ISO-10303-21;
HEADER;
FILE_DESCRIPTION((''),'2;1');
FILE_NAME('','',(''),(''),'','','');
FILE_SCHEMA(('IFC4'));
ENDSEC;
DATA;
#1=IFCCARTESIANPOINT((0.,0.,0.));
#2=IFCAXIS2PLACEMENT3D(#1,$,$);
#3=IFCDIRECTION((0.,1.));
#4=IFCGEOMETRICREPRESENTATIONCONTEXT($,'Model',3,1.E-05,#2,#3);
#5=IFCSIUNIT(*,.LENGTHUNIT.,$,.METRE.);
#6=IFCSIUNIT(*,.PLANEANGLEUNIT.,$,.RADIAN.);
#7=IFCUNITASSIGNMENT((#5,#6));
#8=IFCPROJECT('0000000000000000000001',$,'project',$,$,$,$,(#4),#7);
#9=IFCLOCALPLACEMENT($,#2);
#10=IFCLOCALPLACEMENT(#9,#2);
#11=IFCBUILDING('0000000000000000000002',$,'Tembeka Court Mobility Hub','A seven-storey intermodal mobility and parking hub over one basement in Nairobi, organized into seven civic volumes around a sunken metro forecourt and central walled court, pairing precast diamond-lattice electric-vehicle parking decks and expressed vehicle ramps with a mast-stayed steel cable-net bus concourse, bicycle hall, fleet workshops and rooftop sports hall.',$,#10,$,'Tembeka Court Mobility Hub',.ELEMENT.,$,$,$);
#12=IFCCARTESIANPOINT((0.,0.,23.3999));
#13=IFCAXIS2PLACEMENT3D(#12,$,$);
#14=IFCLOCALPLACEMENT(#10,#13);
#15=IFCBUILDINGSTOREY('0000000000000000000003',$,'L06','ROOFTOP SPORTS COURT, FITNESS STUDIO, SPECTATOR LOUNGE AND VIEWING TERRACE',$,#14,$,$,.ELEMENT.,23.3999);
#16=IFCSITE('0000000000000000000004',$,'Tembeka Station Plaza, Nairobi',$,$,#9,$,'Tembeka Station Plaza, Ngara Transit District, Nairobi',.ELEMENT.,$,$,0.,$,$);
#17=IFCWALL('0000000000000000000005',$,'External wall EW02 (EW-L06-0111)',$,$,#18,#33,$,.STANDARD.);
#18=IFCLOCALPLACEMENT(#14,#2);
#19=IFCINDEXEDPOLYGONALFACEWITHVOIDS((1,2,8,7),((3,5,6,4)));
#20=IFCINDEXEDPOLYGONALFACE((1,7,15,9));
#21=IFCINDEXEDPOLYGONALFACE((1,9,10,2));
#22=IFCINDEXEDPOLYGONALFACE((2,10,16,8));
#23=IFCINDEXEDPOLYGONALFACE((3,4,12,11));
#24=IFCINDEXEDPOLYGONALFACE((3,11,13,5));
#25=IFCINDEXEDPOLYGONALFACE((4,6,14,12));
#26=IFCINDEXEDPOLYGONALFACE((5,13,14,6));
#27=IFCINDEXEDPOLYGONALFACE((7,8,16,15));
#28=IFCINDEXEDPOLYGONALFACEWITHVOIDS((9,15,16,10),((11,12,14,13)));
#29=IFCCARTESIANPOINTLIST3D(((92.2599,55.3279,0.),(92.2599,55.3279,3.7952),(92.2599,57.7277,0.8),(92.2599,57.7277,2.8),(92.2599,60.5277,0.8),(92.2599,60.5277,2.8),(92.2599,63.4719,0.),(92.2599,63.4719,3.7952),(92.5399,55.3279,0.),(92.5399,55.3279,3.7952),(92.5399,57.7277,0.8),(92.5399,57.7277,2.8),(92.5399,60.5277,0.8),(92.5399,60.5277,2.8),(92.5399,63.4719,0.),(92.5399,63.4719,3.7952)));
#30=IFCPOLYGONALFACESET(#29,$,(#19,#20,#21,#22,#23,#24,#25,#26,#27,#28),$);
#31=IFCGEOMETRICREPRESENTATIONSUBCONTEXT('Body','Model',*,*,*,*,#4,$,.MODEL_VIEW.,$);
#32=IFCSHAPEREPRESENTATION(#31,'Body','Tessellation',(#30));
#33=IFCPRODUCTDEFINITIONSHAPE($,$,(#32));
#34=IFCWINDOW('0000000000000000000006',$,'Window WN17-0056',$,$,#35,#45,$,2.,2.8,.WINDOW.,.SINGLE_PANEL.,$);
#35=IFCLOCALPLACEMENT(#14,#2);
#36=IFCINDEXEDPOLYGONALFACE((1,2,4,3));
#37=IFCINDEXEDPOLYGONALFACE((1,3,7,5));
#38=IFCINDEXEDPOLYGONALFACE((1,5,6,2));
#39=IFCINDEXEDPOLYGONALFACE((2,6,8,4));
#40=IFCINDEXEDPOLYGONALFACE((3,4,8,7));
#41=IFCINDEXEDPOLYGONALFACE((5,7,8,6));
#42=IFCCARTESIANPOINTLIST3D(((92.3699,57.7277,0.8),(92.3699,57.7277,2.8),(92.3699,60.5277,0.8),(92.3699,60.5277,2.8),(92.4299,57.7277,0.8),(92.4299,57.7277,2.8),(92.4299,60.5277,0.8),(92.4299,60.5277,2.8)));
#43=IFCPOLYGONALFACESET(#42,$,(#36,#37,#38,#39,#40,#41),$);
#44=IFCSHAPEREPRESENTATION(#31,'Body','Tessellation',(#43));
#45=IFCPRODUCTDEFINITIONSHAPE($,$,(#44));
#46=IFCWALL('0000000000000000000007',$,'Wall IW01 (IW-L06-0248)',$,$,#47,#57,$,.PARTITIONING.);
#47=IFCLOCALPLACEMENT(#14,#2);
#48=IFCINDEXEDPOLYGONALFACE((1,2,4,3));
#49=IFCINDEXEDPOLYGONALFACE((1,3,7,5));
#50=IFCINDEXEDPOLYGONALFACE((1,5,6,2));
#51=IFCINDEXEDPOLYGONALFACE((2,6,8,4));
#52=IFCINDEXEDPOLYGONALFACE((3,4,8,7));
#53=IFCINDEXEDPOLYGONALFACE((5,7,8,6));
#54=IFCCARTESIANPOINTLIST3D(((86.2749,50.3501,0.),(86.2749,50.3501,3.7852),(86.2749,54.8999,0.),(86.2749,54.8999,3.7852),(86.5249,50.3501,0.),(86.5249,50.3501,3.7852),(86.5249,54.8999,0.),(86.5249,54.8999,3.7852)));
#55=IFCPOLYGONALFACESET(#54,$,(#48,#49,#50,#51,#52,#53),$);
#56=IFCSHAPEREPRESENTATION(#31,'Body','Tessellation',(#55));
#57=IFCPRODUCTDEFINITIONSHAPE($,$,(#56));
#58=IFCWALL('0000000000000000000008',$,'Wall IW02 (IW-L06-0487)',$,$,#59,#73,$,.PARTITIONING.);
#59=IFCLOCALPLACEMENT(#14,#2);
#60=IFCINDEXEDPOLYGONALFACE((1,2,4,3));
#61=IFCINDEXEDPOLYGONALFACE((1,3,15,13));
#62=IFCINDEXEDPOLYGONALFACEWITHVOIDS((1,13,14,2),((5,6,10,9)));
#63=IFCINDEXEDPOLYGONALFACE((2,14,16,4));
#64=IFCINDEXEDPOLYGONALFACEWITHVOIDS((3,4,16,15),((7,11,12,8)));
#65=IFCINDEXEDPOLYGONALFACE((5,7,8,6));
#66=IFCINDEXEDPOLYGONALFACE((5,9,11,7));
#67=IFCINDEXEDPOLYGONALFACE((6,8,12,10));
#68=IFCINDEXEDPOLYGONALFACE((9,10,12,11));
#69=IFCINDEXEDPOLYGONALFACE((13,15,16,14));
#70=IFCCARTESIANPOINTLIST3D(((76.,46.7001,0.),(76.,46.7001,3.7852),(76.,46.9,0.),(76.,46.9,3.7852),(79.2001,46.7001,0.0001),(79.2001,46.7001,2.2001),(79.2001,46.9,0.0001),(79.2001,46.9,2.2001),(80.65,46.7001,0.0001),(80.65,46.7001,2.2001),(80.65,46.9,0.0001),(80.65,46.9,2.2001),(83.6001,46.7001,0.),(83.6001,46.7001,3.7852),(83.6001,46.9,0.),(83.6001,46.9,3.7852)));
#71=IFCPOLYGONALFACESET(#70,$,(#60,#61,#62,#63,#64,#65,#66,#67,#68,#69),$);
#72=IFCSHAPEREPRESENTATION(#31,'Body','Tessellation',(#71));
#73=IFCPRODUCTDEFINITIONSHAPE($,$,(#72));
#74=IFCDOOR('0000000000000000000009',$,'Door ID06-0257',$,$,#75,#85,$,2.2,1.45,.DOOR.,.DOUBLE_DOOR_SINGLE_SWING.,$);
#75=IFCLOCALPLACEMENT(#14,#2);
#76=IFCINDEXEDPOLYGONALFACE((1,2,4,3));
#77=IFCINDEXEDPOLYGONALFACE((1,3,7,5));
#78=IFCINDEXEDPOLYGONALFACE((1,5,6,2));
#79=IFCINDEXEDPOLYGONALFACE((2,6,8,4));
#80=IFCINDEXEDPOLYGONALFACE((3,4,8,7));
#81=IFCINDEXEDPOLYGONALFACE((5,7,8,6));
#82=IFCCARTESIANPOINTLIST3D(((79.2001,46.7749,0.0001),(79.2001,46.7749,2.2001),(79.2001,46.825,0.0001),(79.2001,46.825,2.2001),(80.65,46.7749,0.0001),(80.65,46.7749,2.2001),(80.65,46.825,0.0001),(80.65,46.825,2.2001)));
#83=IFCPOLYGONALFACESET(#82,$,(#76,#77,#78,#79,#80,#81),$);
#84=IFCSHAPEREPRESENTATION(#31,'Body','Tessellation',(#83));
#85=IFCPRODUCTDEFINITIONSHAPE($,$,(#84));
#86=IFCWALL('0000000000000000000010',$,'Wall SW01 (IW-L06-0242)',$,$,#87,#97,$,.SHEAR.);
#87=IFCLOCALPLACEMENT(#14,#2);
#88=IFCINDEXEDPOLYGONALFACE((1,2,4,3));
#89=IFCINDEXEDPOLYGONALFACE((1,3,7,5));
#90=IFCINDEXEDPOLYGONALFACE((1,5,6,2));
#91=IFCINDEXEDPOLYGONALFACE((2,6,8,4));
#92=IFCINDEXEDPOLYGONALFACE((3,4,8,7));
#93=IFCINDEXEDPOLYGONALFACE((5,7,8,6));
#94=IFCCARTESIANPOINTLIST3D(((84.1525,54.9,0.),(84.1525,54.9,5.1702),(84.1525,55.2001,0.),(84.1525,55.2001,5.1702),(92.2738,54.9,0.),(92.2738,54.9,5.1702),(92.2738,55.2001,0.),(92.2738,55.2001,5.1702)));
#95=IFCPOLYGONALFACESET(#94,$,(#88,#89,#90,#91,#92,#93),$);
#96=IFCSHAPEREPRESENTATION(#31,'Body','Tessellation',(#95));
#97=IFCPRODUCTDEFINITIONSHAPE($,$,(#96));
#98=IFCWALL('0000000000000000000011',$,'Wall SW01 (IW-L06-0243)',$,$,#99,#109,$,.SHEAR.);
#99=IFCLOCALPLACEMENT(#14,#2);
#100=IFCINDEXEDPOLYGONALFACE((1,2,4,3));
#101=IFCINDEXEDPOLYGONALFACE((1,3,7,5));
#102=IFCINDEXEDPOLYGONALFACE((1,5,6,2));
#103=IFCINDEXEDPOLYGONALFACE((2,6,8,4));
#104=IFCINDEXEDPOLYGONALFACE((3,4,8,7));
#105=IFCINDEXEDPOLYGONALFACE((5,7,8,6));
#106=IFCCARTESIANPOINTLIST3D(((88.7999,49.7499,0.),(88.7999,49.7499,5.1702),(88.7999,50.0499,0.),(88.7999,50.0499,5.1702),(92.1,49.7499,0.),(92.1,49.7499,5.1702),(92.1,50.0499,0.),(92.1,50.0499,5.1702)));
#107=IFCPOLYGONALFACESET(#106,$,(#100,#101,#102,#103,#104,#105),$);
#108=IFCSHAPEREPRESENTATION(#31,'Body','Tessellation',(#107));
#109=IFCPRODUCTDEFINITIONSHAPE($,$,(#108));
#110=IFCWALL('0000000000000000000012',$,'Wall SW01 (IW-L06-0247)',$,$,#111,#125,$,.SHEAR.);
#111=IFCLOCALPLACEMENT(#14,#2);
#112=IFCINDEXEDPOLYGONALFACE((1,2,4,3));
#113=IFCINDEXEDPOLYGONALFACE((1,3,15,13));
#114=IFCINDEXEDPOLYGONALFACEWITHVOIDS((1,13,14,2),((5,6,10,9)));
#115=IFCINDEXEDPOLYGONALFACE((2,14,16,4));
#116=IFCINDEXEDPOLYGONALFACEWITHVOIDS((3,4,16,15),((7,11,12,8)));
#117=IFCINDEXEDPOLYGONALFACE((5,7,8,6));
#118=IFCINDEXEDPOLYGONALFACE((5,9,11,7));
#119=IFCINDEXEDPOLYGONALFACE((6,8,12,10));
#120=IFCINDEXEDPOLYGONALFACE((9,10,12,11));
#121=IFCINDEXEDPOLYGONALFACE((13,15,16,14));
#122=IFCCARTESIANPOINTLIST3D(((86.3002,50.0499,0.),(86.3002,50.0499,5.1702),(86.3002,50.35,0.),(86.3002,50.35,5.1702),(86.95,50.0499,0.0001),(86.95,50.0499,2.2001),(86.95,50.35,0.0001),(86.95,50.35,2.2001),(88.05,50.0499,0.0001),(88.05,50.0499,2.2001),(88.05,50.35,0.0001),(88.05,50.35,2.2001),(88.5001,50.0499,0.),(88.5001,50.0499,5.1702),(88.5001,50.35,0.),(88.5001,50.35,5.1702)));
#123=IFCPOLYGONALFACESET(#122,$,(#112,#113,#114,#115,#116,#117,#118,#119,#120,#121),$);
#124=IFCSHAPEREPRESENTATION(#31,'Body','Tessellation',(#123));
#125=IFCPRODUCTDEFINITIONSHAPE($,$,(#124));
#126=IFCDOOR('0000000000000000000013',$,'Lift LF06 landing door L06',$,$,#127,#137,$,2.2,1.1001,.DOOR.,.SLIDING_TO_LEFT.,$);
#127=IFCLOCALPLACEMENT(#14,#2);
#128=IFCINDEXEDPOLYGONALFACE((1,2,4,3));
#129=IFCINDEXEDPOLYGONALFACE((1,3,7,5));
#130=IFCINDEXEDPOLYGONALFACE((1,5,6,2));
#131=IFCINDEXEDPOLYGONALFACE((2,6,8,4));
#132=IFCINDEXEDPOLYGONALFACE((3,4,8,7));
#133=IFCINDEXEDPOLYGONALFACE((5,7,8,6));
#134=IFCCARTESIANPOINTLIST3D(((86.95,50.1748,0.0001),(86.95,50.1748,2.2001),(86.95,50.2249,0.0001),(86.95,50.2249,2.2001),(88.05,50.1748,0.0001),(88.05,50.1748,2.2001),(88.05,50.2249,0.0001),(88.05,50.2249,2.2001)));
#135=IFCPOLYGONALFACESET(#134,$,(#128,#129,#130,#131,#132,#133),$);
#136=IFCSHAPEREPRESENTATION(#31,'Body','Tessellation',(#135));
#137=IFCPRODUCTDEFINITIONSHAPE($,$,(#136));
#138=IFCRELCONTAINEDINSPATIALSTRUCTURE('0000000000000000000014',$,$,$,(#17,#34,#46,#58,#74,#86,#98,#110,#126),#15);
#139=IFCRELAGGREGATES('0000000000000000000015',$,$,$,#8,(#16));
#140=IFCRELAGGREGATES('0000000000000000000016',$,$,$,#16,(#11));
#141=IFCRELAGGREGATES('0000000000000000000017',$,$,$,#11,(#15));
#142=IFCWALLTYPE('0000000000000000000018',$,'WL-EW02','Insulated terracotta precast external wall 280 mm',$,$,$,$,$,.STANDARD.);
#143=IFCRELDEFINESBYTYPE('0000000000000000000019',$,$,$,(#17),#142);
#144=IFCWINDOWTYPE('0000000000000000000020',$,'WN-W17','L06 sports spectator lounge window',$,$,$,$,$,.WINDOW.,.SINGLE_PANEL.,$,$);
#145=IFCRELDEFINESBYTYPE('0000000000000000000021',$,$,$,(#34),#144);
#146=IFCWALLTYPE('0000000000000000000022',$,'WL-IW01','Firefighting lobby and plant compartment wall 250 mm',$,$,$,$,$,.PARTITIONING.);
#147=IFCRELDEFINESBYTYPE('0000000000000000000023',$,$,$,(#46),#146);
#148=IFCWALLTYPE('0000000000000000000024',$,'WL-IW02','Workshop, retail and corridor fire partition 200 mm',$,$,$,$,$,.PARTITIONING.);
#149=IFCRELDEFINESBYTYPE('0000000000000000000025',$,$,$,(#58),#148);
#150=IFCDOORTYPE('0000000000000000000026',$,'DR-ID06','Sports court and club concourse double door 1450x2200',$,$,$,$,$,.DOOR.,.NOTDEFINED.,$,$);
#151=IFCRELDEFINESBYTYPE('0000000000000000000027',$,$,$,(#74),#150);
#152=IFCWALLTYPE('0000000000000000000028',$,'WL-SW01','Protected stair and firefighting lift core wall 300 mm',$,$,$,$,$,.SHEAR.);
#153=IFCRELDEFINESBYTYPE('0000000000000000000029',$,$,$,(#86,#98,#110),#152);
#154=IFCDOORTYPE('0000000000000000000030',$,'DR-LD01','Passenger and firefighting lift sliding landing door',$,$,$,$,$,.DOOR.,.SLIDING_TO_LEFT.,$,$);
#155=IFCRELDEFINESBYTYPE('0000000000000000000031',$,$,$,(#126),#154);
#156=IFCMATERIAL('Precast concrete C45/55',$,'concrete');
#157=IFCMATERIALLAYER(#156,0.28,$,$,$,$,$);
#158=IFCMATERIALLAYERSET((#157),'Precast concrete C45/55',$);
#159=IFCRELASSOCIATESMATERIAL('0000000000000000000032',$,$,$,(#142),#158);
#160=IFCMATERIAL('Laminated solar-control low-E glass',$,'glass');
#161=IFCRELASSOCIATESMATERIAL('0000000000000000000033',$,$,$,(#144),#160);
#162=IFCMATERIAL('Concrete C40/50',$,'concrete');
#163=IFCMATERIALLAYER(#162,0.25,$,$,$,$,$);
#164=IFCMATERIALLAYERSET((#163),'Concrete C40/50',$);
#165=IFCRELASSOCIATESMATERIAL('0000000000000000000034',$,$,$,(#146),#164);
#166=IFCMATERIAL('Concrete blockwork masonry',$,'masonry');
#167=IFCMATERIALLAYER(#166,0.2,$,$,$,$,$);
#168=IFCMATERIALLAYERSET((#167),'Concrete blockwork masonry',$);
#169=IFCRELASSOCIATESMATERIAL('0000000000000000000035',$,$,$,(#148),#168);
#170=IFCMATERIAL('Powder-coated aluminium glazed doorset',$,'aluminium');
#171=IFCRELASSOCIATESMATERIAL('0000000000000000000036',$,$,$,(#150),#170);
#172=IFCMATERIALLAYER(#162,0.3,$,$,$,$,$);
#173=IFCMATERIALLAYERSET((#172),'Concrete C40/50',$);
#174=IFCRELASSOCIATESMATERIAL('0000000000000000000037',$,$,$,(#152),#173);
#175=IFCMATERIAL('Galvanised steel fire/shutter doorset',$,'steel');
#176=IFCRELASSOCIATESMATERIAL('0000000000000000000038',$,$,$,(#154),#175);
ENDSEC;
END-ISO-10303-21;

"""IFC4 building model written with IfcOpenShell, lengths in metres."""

from ifc_helpers import new_model, si_unit, direction, frame, frame_2d, origin, place, context, subcontext, project, spatial, rectangle, extrude, material, layer, layer_set, type_object, element, fill, save


model = new_model("IFC4")

# Units and contexts
model_context = context("Model", 3, precision=1e-05, world=origin(), true_north=direction((0.0, 1.0)))
body_context = subcontext(model_context, "Body", "Model", "MODEL_VIEW")
ifc_project = project(units=[si_unit("LENGTHUNIT", "METRE"), si_unit("PLANEANGLEUNIT", "RADIAN")], contexts=[model_context])

# Site, building, storey
site_placement = place(None, origin())
site = spatial("IfcSite", under=ifc_project, at=site_placement, Name="Tembeka Station Plaza, Nairobi", LongName="Tembeka Station Plaza, Ngara Transit District, Nairobi", CompositionType="ELEMENT", RefElevation=0.0)
building_placement = place(site_placement, origin())
building = spatial("IfcBuilding", under=site, at=building_placement, Name="Tembeka Court Mobility Hub", Description="A seven-storey intermodal mobility and parking hub over one basement in Nairobi, organized into seven civic volumes around a sunken metro forecourt and central walled court, pairing precast diamond-lattice electric-vehicle parking decks and expressed vehicle ramps with a mast-stayed steel cable-net bus concourse, bicycle hall, fleet workshops and rooftop sports hall.", LongName="Tembeka Court Mobility Hub", CompositionType="ELEMENT")
storey_placement = place(building_placement, frame((0.0, 0.0, 23.3999)))
storey = spatial("IfcBuildingStorey", under=building, at=storey_placement, Name="L06", Description="ROOFTOP SPORTS COURT, FITNESS STUDIO, SPECTATOR LOUNGE AND VIEWING TERRACE", CompositionType="ELEMENT", Elevation=23.3999)

# Shared definitions
ifc_material_1 = material(Name="Precast concrete C45/55", Category="concrete")

# Wall, opening, window
ifc_layer_1 = layer(ifc_material_1, 0.28)
ifc_layer_set_1 = layer_set([ifc_layer_1], Name="Precast concrete C45/55")
wall_type_1 = type_object("IfcWallType", Name="WL-EW02", Description="Insulated terracotta precast external wall 280 mm", PredefinedType="STANDARD", material=ifc_layer_set_1)
wall_1_placement = place(storey_placement, frame((92.3999, 55.3279, 0.0), z_axis=(0.0, 0.0, 1.0), x_axis=(0.0, 1.0, 0.0)))
wall_1 = element("IfcWall", 1, at=wall_1_placement, inside=storey, type_object=wall_type_1, Name="External wall EW02 (EW-L06-0111)", PredefinedType="STANDARD", context=body_context, shape_type="SweptSolid", body=[
    extrude(rectangle(XDim=8.144, YDim=0.28, at=frame_2d((4.072, 0.0))), origin(), (0.0, 0.0, 1.0), 3.7952),
])
opening_1_placement = place(wall_1_placement, frame((2.3999, 0.0, 0.8)))
opening_1 = element("IfcOpeningElement", 2, at=opening_1_placement, cuts=wall_1, PredefinedType="OPENING", context=body_context, shape_type="SweptSolid", body=[
    extrude(rectangle(XDim=2.8, YDim=2.0, at=frame_2d((1.3999, 1.0))), frame((0.0, 0.1499, 0.0), z_axis=(0.0, -1.0, 0.0), x_axis=(1.0, 0.0, 0.0)), (0.0, 0.0, 1.0), 0.3),
])
ifc_material_2 = material(Name="Laminated solar-control low-E glass", Category="glass")
window_type = type_object("IfcWindowType", Name="WN-W17", Description="L06 sports spectator lounge window", PartitioningType="SINGLE_PANEL", PredefinedType="WINDOW", material=ifc_material_2)
window_placement = place(opening_1_placement, origin())
window = element("IfcWindow", 3, at=window_placement, inside=storey, type_object=window_type, Name="Window WN17-0056", OverallHeight=2.0, OverallWidth=2.8, PartitioningType="SINGLE_PANEL", PredefinedType="WINDOW", context=body_context, shape_type="SweptSolid", body=[
    extrude(rectangle(XDim=2.8, YDim=2.0, at=frame_2d((1.3999, 1.0))), frame((0.0, 0.03, 0.0), z_axis=(0.0, -1.0, 0.0), x_axis=(1.0, 0.0, 0.0)), (0.0, 0.0, 1.0), 0.0601),
])
fill(opening_1, window)

# Wall
ifc_material_3 = material(Name="Concrete C40/50", Category="concrete")
ifc_layer_2 = layer(ifc_material_3, 0.25)
ifc_layer_set_2 = layer_set([ifc_layer_2], Name="Concrete C40/50")
wall_type_2 = type_object("IfcWallType", Name="WL-IW01", Description="Firefighting lobby and plant compartment wall 250 mm", PredefinedType="PARTITIONING", material=ifc_layer_set_2)
wall_2_placement = place(storey_placement, frame((86.3999, 50.3501, 0.0), z_axis=(0.0, 0.0, 1.0), x_axis=(0.0, 1.0, 0.0)))
element("IfcWall", 4, at=wall_2_placement, inside=storey, type_object=wall_type_2, Name="Wall IW01 (IW-L06-0248)", PredefinedType="PARTITIONING", context=body_context, shape_type="SweptSolid", body=[
    extrude(rectangle(XDim=4.5498, YDim=0.25, at=frame_2d((2.2749, 0.0))), origin(), (0.0, 0.0, 1.0), 3.7852),
])

# Wall, opening, door
ifc_material_4 = material(Name="Concrete blockwork masonry", Category="masonry")
ifc_layer_3 = layer(ifc_material_4, 0.2)
ifc_layer_set_3 = layer_set([ifc_layer_3], Name="Concrete blockwork masonry")
wall_type_3 = type_object("IfcWallType", Name="WL-IW02", Description="Workshop, retail and corridor fire partition 200 mm", PredefinedType="PARTITIONING", material=ifc_layer_set_3)
wall_3_placement = place(storey_placement, frame((76.0, 46.8, 0.0), z_axis=(0.0, 0.0, 1.0), x_axis=(1.0, 0.0, 0.0)))
wall_3 = element("IfcWall", 5, at=wall_3_placement, inside=storey, type_object=wall_type_3, Name="Wall IW02 (IW-L06-0487)", PredefinedType="PARTITIONING", context=body_context, shape_type="SweptSolid", body=[
    extrude(rectangle(XDim=7.6001, YDim=0.2, at=frame_2d((3.8, 0.0))), origin(), (0.0, 0.0, 1.0), 3.7852),
])
opening_2_placement = place(wall_3_placement, frame((3.2, 0.0, 0.0)))
opening_2 = element("IfcOpeningElement", 6, at=opening_2_placement, cuts=wall_3, PredefinedType="OPENING", context=body_context, shape_type="SweptSolid", body=[
    extrude(rectangle(XDim=1.45, YDim=2.2, at=frame_2d((0.7251, 1.1001))), frame((0.0, 0.1099, 0.0), z_axis=(0.0, -1.0, 0.0), x_axis=(1.0, 0.0, 0.0)), (0.0, 0.0, 1.0), 0.22),
])
ifc_material_5 = material(Name="Powder-coated aluminium glazed doorset", Category="aluminium")
door_type_1 = type_object("IfcDoorType", Name="DR-ID06", Description="Sports court and club concourse double door 1450x2200", OperationType="NOTDEFINED", PredefinedType="DOOR", material=ifc_material_5)
door_1_placement = place(opening_2_placement, origin())
door_1 = element("IfcDoor", 7, at=door_1_placement, inside=storey, type_object=door_type_1, Name="Door ID06-0257", OperationType="DOUBLE_DOOR_SINGLE_SWING", OverallHeight=2.2, OverallWidth=1.45, PredefinedType="DOOR", context=body_context, shape_type="SweptSolid", body=[
    extrude(rectangle(XDim=1.45, YDim=2.2, at=frame_2d((0.7251, 1.1001))), frame((0.0, 0.0249, 0.0), z_axis=(0.0, -1.0, 0.0), x_axis=(1.0, 0.0, 0.0)), (0.0, 0.0, 1.0), 0.05),
])
fill(opening_2, door_1)

# Walls
ifc_layer_4 = layer(ifc_material_3, 0.3)
ifc_layer_set_4 = layer_set([ifc_layer_4], Name="Concrete C40/50")
wall_type_4 = type_object("IfcWallType", Name="WL-SW01", Description="Protected stair and firefighting lift core wall 300 mm", PredefinedType="SHEAR", material=ifc_layer_set_4)
wall_4_placement = place(storey_placement, frame((84.1526, 55.05, 0.0), z_axis=(0.0, 0.0, 1.0), x_axis=(1.0, 0.0, 0.0)))
element("IfcWall", 8, at=wall_4_placement, inside=storey, type_object=wall_type_4, Name="Wall SW01 (IW-L06-0242)", PredefinedType="SHEAR", context=body_context, shape_type="SweptSolid", body=[
    extrude(rectangle(XDim=8.1213, YDim=0.3, at=frame_2d((4.0605, 0.0))), origin(), (0.0, 0.0, 1.0), 5.1702),
])
wall_5_placement = place(storey_placement, frame((88.8, 49.8999, 0.0), z_axis=(0.0, 0.0, 1.0), x_axis=(1.0, 0.0, 0.0)))
element("IfcWall", 9, at=wall_5_placement, inside=storey, type_object=wall_type_4, Name="Wall SW01 (IW-L06-0243)", PredefinedType="SHEAR", context=body_context, shape_type="SweptSolid", body=[
    extrude(rectangle(XDim=3.3, YDim=0.3, at=frame_2d((1.6499, 0.0))), origin(), (0.0, 0.0, 1.0), 5.1702),
])

# Wall, opening, door
wall_6_placement = place(storey_placement, frame((86.3, 50.2, 0.0), z_axis=(0.0, 0.0, 1.0), x_axis=(1.0, 0.0, 0.0)))
wall_6 = element("IfcWall", 10, at=wall_6_placement, inside=storey, type_object=wall_type_4, Name="Wall SW01 (IW-L06-0247)", PredefinedType="SHEAR", context=body_context, shape_type="SweptSolid", body=[
    extrude(rectangle(XDim=2.2, YDim=0.3, at=frame_2d((1.1001, 0.0))), origin(), (0.0, 0.0, 1.0), 5.1702),
])
opening_3_placement = place(wall_6_placement, frame((0.6499, 0.0, 0.0)))
opening_3 = element("IfcOpeningElement", 11, at=opening_3_placement, cuts=wall_6, PredefinedType="OPENING", context=body_context, shape_type="SweptSolid", body=[
    extrude(rectangle(XDim=1.1001, YDim=2.2, at=frame_2d((0.55, 1.1001))), frame((0.0, 0.1602, 0.0), z_axis=(0.0, -1.0, 0.0), x_axis=(1.0, 0.0, 0.0)), (0.0, 0.0, 1.0), 0.3201),
])
ifc_material_6 = material(Name="Galvanised steel fire/shutter doorset", Category="steel")
door_type_2 = type_object("IfcDoorType", Name="DR-LD01", Description="Passenger and firefighting lift sliding landing door", OperationType="SLIDING_TO_LEFT", PredefinedType="DOOR", material=ifc_material_6)
door_2_placement = place(opening_3_placement, origin())
door_2 = element("IfcDoor", 12, at=door_2_placement, inside=storey, type_object=door_type_2, Name="Lift LF06 landing door L06", OperationType="SLIDING_TO_LEFT", OverallHeight=2.2, OverallWidth=1.1001, PredefinedType="DOOR", context=body_context, shape_type="SweptSolid", body=[
    extrude(rectangle(XDim=1.1001, YDim=2.2, at=frame_2d((0.55, 1.1001))), frame((0.0, 0.0249, 0.0), z_axis=(0.0, -1.0, 0.0), x_axis=(1.0, 0.0, 0.0)), (0.0, 0.0, 1.0), 0.05),
])
fill(opening_3, door_2)

save(model, "model.ifc")
